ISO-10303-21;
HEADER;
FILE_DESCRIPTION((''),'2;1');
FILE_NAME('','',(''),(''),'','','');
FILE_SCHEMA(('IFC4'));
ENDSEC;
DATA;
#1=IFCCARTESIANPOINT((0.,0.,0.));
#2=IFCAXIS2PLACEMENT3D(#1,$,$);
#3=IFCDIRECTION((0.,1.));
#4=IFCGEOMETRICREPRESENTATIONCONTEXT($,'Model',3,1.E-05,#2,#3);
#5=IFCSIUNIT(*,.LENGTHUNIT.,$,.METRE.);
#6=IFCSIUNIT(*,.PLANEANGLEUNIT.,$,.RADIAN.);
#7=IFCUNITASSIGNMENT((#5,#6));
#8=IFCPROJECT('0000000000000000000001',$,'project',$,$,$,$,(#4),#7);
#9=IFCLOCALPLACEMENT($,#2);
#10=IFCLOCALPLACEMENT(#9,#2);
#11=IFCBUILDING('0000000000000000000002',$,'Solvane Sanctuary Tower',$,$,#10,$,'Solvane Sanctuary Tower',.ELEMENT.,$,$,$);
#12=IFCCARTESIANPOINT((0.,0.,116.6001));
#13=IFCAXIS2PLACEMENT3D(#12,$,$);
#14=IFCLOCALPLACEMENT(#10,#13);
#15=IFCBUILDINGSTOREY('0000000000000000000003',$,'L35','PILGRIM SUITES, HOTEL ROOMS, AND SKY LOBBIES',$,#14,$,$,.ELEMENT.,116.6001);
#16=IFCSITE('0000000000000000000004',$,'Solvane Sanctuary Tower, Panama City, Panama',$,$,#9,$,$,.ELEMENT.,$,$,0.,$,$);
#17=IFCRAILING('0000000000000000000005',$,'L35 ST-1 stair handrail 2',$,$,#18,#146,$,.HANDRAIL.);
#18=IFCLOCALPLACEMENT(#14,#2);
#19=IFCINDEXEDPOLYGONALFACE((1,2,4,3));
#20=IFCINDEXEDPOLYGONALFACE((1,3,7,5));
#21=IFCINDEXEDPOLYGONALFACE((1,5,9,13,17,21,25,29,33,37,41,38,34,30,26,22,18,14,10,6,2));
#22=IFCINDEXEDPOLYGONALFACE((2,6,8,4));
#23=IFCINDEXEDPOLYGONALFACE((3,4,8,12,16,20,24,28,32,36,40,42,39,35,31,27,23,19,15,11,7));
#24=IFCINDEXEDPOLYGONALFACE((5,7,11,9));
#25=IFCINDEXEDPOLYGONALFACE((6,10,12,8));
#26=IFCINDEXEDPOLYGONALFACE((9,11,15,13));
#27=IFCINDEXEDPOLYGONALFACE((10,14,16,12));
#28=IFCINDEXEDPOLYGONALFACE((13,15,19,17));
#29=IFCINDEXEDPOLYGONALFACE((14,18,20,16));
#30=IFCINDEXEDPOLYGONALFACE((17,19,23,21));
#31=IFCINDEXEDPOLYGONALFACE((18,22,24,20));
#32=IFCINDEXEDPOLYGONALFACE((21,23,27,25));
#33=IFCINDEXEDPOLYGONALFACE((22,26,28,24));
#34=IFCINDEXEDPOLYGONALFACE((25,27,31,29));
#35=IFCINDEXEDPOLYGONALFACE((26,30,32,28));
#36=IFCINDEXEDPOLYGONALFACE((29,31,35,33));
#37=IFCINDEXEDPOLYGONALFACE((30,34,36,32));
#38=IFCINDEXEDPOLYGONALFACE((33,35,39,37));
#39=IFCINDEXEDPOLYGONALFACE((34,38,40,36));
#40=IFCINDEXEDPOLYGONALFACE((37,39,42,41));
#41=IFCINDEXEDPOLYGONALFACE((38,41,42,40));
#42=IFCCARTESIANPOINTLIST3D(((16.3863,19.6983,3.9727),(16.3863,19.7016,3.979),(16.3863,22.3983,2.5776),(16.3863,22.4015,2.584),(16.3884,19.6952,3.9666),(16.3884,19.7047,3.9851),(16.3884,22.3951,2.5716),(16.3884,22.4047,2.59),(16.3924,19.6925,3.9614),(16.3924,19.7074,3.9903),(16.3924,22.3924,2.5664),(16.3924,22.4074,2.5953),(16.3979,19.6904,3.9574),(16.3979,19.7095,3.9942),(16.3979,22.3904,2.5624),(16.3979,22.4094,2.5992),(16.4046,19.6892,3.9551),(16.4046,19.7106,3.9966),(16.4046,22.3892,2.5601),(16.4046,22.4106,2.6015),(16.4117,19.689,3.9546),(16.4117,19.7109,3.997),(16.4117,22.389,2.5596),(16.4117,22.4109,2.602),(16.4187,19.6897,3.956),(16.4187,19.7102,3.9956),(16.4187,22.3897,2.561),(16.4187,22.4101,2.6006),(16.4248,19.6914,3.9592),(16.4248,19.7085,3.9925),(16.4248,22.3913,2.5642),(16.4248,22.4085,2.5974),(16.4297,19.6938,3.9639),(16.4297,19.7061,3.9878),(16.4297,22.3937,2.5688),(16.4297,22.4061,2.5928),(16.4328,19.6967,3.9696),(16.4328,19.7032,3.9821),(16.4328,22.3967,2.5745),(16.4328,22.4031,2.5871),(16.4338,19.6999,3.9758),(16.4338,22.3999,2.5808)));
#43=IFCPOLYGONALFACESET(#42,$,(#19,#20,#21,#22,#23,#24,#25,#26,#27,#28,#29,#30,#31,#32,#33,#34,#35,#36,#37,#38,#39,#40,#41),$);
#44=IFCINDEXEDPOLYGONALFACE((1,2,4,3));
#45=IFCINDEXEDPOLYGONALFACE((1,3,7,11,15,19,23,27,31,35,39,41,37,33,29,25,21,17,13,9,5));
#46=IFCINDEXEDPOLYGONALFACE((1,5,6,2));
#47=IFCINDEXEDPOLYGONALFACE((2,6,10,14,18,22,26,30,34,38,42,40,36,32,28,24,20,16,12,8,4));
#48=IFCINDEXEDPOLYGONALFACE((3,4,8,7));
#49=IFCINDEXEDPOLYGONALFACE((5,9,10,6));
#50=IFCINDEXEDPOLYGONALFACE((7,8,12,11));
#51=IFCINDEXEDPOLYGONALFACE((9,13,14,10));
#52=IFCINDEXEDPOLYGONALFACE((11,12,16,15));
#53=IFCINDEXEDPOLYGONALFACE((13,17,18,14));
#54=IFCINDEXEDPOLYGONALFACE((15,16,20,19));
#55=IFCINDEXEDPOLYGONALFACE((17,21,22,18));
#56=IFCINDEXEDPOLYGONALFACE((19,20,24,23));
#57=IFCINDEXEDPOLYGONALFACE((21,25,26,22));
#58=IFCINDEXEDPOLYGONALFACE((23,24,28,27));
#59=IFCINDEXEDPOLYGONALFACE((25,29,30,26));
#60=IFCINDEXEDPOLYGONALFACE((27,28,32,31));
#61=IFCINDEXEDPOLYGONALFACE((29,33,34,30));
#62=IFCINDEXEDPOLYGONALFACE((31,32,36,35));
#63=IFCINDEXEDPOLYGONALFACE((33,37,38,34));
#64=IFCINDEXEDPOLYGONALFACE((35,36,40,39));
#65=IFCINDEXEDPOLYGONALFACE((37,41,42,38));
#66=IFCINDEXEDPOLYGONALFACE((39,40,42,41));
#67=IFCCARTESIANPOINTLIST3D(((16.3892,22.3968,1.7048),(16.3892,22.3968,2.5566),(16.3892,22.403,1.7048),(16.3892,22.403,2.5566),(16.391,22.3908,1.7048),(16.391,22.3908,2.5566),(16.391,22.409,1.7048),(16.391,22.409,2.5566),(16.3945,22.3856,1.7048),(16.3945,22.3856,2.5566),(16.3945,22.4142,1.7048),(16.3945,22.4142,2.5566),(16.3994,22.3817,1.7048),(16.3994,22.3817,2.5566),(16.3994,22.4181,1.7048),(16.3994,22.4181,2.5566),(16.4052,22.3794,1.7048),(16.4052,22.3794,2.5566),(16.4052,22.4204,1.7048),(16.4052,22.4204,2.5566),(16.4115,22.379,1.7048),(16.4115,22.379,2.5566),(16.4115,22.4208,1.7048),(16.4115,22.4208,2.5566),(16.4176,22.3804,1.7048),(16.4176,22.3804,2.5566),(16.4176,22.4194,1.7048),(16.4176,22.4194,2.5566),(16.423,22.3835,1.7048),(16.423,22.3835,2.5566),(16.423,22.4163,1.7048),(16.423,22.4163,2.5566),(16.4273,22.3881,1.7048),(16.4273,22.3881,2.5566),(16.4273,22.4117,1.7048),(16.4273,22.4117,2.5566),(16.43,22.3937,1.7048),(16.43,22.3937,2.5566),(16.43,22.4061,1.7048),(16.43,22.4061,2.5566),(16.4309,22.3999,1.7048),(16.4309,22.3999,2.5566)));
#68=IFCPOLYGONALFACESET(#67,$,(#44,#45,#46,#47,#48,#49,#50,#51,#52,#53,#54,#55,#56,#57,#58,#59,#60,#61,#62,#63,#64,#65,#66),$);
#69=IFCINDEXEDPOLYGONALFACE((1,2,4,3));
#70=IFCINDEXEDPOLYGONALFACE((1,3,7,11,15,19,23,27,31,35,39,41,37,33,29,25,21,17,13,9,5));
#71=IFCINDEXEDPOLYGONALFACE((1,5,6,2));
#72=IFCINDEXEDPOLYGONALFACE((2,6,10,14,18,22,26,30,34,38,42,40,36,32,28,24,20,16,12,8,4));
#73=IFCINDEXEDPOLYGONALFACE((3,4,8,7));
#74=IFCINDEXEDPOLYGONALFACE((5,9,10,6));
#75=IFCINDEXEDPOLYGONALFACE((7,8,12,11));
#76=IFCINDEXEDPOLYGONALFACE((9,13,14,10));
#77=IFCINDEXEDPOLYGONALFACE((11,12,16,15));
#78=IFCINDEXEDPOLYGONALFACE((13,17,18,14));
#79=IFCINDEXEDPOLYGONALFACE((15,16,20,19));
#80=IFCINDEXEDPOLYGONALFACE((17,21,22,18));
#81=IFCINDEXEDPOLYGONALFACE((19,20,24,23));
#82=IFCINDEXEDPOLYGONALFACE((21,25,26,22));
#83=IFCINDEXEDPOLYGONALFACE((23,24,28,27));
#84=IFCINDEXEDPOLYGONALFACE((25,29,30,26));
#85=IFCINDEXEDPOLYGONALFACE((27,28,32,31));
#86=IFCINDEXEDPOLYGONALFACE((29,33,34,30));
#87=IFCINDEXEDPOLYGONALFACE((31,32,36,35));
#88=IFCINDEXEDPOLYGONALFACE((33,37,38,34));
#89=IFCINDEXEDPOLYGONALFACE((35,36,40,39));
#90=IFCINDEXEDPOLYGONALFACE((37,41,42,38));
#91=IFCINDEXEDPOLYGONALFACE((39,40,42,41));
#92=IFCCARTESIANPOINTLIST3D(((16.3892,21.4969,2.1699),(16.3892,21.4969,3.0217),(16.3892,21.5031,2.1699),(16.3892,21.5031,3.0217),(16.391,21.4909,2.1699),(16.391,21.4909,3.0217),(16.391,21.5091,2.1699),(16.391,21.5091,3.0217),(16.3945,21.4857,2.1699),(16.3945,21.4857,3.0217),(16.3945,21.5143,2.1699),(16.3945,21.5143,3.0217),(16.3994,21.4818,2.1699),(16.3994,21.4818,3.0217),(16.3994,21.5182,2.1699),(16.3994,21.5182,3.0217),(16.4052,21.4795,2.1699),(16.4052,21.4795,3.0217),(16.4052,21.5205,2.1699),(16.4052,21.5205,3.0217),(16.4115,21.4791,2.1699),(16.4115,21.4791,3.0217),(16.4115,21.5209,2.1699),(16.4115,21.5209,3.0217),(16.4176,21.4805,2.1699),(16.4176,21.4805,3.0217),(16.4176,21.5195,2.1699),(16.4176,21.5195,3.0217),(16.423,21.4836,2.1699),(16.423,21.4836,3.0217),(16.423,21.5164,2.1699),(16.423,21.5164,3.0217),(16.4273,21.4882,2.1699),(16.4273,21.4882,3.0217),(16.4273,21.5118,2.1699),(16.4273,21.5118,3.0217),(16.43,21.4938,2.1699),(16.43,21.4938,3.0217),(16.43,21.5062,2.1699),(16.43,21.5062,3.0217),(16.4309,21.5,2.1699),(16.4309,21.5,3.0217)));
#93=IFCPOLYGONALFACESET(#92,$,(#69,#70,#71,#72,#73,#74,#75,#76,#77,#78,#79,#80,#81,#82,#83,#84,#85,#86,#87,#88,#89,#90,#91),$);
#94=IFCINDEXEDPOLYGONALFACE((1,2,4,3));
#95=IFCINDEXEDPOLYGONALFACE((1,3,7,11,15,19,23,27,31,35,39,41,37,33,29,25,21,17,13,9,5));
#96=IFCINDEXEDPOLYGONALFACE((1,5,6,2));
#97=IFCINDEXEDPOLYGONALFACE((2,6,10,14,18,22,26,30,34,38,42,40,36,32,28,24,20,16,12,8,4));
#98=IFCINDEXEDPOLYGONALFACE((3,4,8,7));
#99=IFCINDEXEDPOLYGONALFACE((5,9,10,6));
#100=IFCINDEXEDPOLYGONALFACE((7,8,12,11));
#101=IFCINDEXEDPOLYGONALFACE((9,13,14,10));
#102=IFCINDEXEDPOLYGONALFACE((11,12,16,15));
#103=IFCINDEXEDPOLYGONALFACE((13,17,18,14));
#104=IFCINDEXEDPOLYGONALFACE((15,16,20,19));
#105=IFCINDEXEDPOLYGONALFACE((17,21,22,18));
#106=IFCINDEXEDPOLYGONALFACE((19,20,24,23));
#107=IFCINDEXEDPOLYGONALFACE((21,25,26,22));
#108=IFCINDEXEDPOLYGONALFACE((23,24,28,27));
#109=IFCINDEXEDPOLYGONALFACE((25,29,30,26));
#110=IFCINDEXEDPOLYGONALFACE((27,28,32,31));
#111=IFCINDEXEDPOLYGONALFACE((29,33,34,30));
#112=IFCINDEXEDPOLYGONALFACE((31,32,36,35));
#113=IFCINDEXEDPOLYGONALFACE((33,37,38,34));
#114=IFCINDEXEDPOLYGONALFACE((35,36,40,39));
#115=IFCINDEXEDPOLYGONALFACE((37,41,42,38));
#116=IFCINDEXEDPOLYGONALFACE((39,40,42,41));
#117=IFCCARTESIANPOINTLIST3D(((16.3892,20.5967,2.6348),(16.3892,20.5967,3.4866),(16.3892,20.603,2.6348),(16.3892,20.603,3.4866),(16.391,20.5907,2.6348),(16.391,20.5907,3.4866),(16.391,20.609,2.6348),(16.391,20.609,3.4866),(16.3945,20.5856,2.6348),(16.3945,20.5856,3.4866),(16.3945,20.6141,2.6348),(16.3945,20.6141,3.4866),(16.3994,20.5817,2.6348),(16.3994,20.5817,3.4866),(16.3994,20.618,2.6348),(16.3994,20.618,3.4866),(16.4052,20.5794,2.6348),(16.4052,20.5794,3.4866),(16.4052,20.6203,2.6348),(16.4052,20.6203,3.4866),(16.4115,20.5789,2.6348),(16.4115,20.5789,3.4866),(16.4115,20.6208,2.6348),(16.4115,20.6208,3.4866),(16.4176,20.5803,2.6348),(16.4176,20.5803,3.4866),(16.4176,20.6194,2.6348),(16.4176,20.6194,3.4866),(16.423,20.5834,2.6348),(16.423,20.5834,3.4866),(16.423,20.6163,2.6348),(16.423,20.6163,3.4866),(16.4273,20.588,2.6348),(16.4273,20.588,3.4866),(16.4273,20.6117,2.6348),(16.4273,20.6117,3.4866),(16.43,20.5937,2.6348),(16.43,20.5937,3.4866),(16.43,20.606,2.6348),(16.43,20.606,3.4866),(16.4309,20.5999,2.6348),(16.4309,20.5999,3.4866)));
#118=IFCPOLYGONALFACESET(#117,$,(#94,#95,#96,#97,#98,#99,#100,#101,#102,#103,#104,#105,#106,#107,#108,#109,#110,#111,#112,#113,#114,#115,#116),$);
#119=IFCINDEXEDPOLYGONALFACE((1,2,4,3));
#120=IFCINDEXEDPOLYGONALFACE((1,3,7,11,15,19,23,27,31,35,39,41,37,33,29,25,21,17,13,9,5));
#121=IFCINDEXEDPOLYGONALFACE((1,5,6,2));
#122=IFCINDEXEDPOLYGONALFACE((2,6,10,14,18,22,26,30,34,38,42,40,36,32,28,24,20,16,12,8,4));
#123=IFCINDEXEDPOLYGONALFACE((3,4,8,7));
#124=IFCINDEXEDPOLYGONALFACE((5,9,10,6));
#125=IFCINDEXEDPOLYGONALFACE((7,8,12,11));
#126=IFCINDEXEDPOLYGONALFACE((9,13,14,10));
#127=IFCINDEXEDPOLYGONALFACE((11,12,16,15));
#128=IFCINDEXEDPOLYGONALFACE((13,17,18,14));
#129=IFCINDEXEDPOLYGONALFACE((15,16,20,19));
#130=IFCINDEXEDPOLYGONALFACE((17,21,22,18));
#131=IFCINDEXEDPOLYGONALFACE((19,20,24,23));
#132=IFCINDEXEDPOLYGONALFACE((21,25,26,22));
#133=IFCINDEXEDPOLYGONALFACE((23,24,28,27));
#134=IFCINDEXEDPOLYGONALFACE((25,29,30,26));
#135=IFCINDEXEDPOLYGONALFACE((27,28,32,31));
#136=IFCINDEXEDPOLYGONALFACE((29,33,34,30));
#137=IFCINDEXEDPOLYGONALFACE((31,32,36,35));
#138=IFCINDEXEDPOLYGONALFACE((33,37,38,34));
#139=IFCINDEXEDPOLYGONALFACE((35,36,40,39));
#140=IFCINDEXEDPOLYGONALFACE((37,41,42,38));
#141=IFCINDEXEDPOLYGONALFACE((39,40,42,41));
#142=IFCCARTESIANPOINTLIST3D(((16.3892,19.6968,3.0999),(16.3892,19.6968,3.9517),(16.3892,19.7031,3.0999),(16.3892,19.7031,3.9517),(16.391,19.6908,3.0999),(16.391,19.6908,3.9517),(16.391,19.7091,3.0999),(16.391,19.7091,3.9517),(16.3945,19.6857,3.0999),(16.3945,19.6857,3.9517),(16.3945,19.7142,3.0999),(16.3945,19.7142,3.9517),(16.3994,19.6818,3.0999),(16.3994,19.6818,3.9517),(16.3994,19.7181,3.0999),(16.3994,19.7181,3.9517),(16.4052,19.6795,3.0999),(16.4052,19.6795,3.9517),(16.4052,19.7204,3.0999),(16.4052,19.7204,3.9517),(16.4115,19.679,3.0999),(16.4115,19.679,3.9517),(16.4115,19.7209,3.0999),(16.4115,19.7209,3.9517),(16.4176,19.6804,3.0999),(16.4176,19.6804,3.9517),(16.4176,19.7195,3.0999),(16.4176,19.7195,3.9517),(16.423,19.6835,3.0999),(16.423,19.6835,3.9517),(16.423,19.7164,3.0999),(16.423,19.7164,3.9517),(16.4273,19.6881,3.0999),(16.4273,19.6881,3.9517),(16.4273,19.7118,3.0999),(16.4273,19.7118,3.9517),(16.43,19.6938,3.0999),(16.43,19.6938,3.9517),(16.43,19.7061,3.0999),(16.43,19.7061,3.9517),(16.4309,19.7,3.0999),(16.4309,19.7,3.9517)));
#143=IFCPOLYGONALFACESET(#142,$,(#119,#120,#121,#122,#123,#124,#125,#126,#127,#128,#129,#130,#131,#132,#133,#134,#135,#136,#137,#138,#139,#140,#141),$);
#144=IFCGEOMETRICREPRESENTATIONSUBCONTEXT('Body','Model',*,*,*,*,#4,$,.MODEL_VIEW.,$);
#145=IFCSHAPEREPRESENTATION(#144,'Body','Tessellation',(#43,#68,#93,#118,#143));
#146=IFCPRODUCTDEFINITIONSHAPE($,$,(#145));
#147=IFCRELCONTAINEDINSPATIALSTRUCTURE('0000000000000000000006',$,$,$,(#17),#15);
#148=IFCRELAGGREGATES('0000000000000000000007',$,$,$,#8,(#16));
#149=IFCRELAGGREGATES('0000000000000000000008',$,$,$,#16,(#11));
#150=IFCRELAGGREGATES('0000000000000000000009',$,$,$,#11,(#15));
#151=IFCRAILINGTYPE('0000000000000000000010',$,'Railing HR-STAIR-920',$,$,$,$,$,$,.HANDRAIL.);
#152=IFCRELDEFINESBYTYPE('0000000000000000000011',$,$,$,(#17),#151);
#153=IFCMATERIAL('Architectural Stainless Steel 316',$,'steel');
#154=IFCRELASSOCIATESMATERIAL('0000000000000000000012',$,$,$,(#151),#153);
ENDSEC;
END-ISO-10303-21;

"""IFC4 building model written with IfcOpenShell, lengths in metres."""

from ifc_helpers import new_model, si_unit, direction, frame, origin, origin_2d, place, context, subcontext, project, spatial, circle, extrude, material, type_object, element, save


model = new_model("IFC4")

# Units and contexts
model_context = context("Model", 3, precision=1e-05, world=origin(), true_north=direction((0.0, 1.0)))
body_context = subcontext(model_context, "Body", "Model", "MODEL_VIEW")
ifc_project = project(units=[si_unit("LENGTHUNIT", "METRE"), si_unit("PLANEANGLEUNIT", "RADIAN")], contexts=[model_context])

# Site, building, storey
site_placement = place(None, origin())
site = spatial("IfcSite", under=ifc_project, at=site_placement, Name="Solvane Sanctuary Tower, Panama City, Panama", CompositionType="ELEMENT", RefElevation=0.0)
building_placement = place(site_placement, origin())
building = spatial("IfcBuilding", under=site, at=building_placement, Name="Solvane Sanctuary Tower", LongName="Solvane Sanctuary Tower", CompositionType="ELEMENT")
storey_placement = place(building_placement, frame((0.0, 0.0, 116.6001)))
storey = spatial("IfcBuildingStorey", under=building, at=storey_placement, Name="L35", Description="PILGRIM SUITES, HOTEL ROOMS, AND SKY LOBBIES", CompositionType="ELEMENT", Elevation=116.6001)

# Railing
ifc_material_1 = material(Name="Architectural Stainless Steel 316", Category="steel")
railing_type_1 = type_object("IfcRailingType", Name="Railing HR-STAIR-920", PredefinedType="HANDRAIL", material=ifc_material_1)
railing_1_placement = place(storey_placement, frame((16.4099, 22.3999, 1.7048)))
element("IfcRailing", 1, at=railing_1_placement, inside=storey, type_object=railing_type_1, Name="L35 ST-1 stair handrail 2", PredefinedType="HANDRAIL", context=body_context, shape_type="SweptSolid", body=[
    extrude(circle(Radius=0.0239, at=origin_2d()), frame((0.0, 0.0, 0.876), z_axis=(0.0, -0.88842, 0.459032), x_axis=(1.0, 0.0, 0.0)), (0.0, 0.0, 1.0), 3.0391),
    extrude(circle(Radius=0.021, at=origin_2d()), origin(), (0.0, 0.0, 1.0), 0.8518),
    extrude(circle(Radius=0.021, at=origin_2d()), frame((0.0, -0.8999, 0.4651)), (0.0, 0.0, 1.0), 0.8518),
    extrude(circle(Radius=0.021, at=origin_2d()), frame((0.0, -1.8, 0.9299)), (0.0, 0.0, 1.0), 0.8518),
    extrude(circle(Radius=0.021, at=origin_2d()), frame((0.0, -2.7, 1.395)), (0.0, 0.0, 1.0), 0.8518),
])

save(model, "model.ifc")
